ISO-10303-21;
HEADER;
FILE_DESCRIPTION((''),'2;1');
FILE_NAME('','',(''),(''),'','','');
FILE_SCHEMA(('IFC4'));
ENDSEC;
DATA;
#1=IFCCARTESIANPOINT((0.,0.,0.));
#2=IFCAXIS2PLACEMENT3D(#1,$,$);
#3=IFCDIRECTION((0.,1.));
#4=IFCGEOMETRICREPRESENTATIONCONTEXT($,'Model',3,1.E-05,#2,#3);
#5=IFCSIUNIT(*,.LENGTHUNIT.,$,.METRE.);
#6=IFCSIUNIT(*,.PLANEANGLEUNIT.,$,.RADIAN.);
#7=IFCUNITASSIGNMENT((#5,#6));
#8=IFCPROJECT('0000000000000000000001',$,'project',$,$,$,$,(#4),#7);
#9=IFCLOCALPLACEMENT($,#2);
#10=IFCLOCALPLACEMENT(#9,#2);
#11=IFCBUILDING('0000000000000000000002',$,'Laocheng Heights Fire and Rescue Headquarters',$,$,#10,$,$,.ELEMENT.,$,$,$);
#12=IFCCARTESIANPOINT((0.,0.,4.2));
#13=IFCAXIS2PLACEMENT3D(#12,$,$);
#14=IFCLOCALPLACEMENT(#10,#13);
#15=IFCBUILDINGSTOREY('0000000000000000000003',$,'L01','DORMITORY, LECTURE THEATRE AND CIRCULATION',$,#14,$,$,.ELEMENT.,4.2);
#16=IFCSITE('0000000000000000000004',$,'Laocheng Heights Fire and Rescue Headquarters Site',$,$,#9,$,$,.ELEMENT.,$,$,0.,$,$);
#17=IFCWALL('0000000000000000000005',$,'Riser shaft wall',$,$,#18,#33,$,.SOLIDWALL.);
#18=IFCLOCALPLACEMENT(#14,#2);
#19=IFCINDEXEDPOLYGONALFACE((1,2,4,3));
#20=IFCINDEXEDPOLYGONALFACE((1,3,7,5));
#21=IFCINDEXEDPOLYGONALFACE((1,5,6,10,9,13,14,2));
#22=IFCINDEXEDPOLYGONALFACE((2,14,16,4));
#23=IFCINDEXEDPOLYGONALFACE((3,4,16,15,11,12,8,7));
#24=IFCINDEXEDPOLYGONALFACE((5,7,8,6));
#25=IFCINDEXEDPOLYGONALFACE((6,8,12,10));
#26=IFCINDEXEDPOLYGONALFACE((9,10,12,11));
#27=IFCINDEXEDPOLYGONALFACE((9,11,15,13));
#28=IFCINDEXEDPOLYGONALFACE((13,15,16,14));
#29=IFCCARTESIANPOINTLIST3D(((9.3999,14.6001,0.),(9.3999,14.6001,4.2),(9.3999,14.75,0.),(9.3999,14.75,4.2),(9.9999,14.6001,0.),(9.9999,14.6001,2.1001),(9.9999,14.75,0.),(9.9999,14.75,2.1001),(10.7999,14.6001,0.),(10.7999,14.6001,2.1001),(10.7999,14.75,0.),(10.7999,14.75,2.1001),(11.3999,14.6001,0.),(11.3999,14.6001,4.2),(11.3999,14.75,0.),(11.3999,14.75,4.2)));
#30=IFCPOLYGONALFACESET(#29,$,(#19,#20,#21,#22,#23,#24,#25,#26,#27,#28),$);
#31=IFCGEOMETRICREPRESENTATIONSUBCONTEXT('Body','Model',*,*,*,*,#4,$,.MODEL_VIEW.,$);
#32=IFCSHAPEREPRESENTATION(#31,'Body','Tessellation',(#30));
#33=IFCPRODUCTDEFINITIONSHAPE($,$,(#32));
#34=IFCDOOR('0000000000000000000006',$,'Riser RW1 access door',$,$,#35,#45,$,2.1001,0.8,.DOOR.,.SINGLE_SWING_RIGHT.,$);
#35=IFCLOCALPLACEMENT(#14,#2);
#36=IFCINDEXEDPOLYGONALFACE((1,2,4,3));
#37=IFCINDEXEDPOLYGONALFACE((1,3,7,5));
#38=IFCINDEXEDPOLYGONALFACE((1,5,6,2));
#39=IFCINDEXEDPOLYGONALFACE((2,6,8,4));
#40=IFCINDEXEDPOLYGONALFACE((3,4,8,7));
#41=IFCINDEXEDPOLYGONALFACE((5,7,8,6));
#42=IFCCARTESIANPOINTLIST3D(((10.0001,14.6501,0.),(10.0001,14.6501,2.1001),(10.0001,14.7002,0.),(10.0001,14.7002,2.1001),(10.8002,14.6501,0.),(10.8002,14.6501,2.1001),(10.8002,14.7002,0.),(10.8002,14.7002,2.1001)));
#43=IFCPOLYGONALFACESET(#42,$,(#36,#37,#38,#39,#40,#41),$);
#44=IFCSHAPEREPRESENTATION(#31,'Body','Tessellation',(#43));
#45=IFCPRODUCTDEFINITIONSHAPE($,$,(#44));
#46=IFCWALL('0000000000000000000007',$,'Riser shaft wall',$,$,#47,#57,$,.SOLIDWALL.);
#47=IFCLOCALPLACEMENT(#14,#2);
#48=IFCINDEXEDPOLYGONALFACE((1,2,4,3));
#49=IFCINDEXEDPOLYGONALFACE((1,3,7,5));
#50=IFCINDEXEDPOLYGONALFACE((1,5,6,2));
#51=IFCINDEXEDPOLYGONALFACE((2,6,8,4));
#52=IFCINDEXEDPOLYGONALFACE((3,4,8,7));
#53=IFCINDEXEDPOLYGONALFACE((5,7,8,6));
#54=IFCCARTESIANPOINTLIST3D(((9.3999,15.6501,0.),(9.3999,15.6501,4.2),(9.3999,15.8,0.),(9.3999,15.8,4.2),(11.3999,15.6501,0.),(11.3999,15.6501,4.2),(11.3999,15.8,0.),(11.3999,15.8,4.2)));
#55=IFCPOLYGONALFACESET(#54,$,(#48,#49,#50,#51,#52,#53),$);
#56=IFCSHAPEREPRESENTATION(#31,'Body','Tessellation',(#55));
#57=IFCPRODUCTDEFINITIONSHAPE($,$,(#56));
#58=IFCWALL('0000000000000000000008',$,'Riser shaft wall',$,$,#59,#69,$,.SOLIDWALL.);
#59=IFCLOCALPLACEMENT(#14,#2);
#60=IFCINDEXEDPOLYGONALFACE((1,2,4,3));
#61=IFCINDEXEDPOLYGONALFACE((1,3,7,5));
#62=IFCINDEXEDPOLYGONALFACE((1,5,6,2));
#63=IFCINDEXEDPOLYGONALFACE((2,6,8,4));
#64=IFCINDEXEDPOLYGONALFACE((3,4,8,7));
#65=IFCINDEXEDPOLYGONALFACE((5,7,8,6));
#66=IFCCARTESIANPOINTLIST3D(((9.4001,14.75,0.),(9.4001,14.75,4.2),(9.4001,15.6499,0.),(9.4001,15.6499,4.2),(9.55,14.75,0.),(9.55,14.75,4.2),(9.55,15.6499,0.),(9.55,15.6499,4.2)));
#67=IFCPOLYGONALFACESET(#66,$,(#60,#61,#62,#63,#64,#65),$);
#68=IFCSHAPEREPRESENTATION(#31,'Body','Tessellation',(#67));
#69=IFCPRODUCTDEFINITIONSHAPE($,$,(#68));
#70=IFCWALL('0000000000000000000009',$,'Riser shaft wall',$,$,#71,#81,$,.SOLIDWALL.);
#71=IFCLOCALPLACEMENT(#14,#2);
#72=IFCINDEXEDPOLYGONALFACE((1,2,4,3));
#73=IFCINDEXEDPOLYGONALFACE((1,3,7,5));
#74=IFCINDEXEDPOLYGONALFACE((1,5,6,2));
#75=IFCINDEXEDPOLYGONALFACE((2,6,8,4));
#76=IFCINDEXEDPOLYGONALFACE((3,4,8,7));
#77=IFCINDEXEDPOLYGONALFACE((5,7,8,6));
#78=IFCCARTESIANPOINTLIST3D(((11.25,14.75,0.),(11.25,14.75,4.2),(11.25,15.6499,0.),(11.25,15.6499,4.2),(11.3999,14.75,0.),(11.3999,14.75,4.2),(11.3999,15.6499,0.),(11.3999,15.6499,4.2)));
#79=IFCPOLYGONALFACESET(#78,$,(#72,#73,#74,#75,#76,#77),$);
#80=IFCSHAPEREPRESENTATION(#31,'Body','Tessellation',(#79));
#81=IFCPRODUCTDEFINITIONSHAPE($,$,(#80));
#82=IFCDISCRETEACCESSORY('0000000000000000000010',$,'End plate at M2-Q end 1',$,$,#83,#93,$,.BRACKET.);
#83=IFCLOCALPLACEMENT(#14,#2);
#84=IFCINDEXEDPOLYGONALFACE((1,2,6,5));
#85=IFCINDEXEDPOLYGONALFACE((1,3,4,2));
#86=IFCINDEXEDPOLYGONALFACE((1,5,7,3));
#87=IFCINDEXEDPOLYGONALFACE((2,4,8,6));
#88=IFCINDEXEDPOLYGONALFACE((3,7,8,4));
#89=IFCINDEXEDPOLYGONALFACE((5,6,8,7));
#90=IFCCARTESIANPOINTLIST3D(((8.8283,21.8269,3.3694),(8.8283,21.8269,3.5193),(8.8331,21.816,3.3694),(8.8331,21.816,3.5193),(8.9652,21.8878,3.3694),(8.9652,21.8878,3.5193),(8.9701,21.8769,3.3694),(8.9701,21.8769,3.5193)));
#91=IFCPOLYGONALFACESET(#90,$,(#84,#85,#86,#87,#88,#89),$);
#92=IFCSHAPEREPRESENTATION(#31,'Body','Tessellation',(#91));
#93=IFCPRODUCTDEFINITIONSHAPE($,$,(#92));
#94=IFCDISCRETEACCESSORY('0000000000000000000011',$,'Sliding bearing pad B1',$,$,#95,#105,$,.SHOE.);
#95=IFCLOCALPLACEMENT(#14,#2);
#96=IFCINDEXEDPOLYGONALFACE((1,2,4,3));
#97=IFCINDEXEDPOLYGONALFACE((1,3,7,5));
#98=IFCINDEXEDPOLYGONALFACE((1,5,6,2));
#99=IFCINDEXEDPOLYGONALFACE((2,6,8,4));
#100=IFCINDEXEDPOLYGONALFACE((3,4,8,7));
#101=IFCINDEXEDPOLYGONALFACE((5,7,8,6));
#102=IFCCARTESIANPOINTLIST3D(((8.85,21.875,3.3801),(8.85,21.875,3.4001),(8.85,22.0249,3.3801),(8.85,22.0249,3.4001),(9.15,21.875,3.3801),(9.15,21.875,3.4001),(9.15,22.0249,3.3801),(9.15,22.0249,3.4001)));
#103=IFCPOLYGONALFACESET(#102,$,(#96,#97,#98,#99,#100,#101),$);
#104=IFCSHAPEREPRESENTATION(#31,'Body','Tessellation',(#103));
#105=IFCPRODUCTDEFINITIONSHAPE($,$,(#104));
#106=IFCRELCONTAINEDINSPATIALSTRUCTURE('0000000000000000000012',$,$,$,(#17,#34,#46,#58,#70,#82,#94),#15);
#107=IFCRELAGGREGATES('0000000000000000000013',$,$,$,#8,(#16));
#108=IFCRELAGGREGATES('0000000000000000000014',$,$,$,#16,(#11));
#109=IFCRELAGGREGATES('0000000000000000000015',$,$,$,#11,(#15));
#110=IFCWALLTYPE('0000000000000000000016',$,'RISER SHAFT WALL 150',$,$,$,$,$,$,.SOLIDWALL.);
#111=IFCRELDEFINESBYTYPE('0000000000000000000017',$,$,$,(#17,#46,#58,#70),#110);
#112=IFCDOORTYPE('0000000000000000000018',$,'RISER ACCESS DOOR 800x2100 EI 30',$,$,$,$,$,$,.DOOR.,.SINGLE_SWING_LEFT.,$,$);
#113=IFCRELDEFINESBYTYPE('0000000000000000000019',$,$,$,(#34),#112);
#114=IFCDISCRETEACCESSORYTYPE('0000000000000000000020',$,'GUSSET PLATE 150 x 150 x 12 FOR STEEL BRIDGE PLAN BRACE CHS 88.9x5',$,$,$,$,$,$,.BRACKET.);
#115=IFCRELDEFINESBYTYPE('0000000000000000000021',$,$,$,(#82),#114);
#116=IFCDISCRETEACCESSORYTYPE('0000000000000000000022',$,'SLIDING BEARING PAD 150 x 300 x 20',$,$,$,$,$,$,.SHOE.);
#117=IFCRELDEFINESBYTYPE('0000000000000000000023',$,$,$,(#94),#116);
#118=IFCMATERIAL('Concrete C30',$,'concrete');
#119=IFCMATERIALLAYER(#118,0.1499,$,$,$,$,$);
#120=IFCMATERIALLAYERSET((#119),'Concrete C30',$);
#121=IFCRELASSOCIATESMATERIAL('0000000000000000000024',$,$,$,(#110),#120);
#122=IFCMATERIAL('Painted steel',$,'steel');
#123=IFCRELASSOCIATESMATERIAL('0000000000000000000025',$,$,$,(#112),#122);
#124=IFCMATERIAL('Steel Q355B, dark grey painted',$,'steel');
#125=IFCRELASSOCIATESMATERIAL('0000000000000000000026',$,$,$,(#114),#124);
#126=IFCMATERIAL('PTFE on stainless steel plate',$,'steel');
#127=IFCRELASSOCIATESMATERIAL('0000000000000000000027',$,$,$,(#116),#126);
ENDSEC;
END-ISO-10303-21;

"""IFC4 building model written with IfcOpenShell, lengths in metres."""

from ifc_helpers import new_model, si_unit, direction, frame, frame_2d, origin, origin_2d, place, context, subcontext, project, spatial, rectangle, extrude, material, layer, layer_set, material_profile, profile_set, type_object, element, fill, save


model = new_model("IFC4")

# Units and contexts
model_context = context("Model", 3, precision=1e-05, world=origin(), true_north=direction((0.0, 1.0)))
body_context = subcontext(model_context, "Body", "Model", "MODEL_VIEW")
ifc_project = project(units=[si_unit("LENGTHUNIT", "METRE"), si_unit("PLANEANGLEUNIT", "RADIAN")], contexts=[model_context])

# Site, building, storey
site_placement = place(None, origin())
site = spatial("IfcSite", under=ifc_project, at=site_placement, Name="Laocheng Heights Fire and Rescue Headquarters Site", CompositionType="ELEMENT", RefElevation=0.0)
building_placement = place(site_placement, origin())
building = spatial("IfcBuilding", under=site, at=building_placement, Name="Laocheng Heights Fire and Rescue Headquarters", CompositionType="ELEMENT")
storey_placement = place(building_placement, frame((0.0, 0.0, 4.2)))
storey = spatial("IfcBuildingStorey", under=building, at=storey_placement, Name="L01", Description="DORMITORY, LECTURE THEATRE AND CIRCULATION", CompositionType="ELEMENT", Elevation=4.2)

# Wall, opening, door
ifc_material_1 = material(Name="Concrete C30", Category="concrete")
ifc_layer_1 = layer(ifc_material_1, 0.1499)
ifc_layer_set_1 = layer_set([ifc_layer_1], Name="Concrete C30")
wall_type_1 = type_object("IfcWallType", Name="RISER SHAFT WALL 150", PredefinedType="SOLIDWALL", material=ifc_layer_set_1)
wall_1_placement = place(storey_placement, frame((9.3999, 14.675, 0.0), z_axis=(0.0, 0.0, 1.0), x_axis=(1.0, 0.0, 0.0)))
wall_1 = element("IfcWall", 1, at=wall_1_placement, inside=storey, type_object=wall_type_1, Name="Riser shaft wall", PredefinedType="SOLIDWALL", context=body_context, shape_type="SweptSolid", body=[
    extrude(rectangle(XDim=2.0, YDim=0.1499, at=frame_2d((1.0, 0.0))), origin(), (0.0, 0.0, 1.0), 4.2),
])
opening_1_placement = place(wall_1_placement, frame((0.6001, 0.0, 0.0)))
opening_1 = element("IfcOpeningElement", 2, at=opening_1_placement, cuts=wall_1, PredefinedType="OPENING", context=body_context, shape_type="SweptSolid", body=[
    extrude(rectangle(XDim=0.8, YDim=2.1001, at=frame_2d((0.3999, 1.05))), frame((0.0, 0.085, 0.0), z_axis=(0.0, -1.0, 0.0), x_axis=(1.0, 0.0, 0.0)), (0.0, 0.0, 1.0), 0.1699),
])
ifc_material_2 = material(Name="Painted steel", Category="steel")
door_type_1 = type_object("IfcDoorType", Name="RISER ACCESS DOOR 800x2100 EI 30", OperationType="SINGLE_SWING_LEFT", PredefinedType="DOOR", material=ifc_material_2)
door_1_placement = place(opening_1_placement, frame((0.8, 0.0, 0.0), z_axis=(0.0, 0.0, 1.0), x_axis=(-1.0, 0.0, 0.0)))
door_1 = element("IfcDoor", 3, at=door_1_placement, inside=storey, type_object=door_type_1, Name="Riser RW1 access door", OperationType="SINGLE_SWING_RIGHT", OverallHeight=2.1001, OverallWidth=0.8, PredefinedType="DOOR", context=body_context, shape_type="SweptSolid", body=[
    extrude(rectangle(XDim=0.8, YDim=2.1001, at=frame_2d((0.3999, 1.05))), frame((0.0, 0.0249, 0.0), z_axis=(0.0, -1.0, 0.0), x_axis=(1.0, 0.0, 0.0)), (0.0, 0.0, 1.0), 0.05),
])
fill(opening_1, door_1)

# Walls
wall_2_placement = place(storey_placement, frame((9.3999, 15.7251, 0.0), z_axis=(0.0, 0.0, 1.0), x_axis=(1.0, 0.0, 0.0)))
element("IfcWall", 4, at=wall_2_placement, inside=storey, type_object=wall_type_1, Name="Riser shaft wall", PredefinedType="SOLIDWALL", context=body_context, shape_type="SweptSolid", body=[
    extrude(rectangle(XDim=2.0, YDim=0.1499, at=frame_2d((1.0, 0.0))), origin(), (0.0, 0.0, 1.0), 4.2),
])
for number, where, z_axis, x_axis, name in (
    (5, (9.4751, 14.75, 0.0), (0.0, 0.0, 1.0), (0.0, 1.0, 0.0), "Riser shaft wall"),
    (6, (11.325, 14.75, 0.0), (0.0, 0.0, 1.0), (0.0, 1.0, 0.0), "Riser shaft wall"),
):
    element("IfcWall", number, at=place(storey_placement, frame(where, z_axis=z_axis, x_axis=x_axis)), inside=storey, type_object=wall_type_1, Name=name, PredefinedType="SOLIDWALL", context=body_context, shape_type="SweptSolid", body=[
        extrude(rectangle(XDim=0.8999, YDim=0.1499, at=frame_2d((0.45, 0.0))), origin(), (0.0, 0.0, 1.0), 4.2),
    ])

# Discrete accessories
ifc_material_3 = material(Name="Steel Q355B, dark grey painted", Category="steel")
ifc_material_profile_1 = material_profile(ifc_material_3, rectangle(XDim=0.1499, YDim=0.1499, at=origin_2d()), Name="GUSSET PLATE 150 x 150 x 12 FOR STEEL BRIDGE PLAN BRACE CHS 88.9x5")
ifc_profile_set_1 = profile_set([ifc_material_profile_1], Name="Steel Q355B, dark grey painted")
discrete_accessory_type_1 = type_object("IfcDiscreteAccessoryType", Name="GUSSET PLATE 150 x 150 x 12 FOR STEEL BRIDGE PLAN BRACE CHS 88.9x5", PredefinedType="BRACKET", material=ifc_profile_set_1)
discrete_accessory_1_placement = place(storey_placement, frame((8.9016, 21.8464, 3.4443), z_axis=(-0.406138, 0.913812, 0.0), x_axis=(-0.913812, -0.406138, 0.0)))
element("IfcDiscreteAccessory", 7, at=discrete_accessory_1_placement, inside=storey, type_object=discrete_accessory_type_1, Name="End plate at M2-Q end 1", PredefinedType="BRACKET", context=body_context, shape_type="SweptSolid", body=[
    extrude(rectangle(XDim=0.1499, YDim=0.1499, at=origin_2d()), origin(), (0.0, 0.0, 1.0), 0.012),
])
ifc_material_4 = material(Name="PTFE on stainless steel plate", Category="steel")
discrete_accessory_type_2 = type_object("IfcDiscreteAccessoryType", Name="SLIDING BEARING PAD 150 x 300 x 20", PredefinedType="SHOE", material=ifc_material_4)
discrete_accessory_2_placement = place(storey_placement, frame((9.0, 21.95, 3.3801), z_axis=(0.0, 0.0, 1.0), x_axis=(1.0, 0.0, 0.0)))
element("IfcDiscreteAccessory", 8, at=discrete_accessory_2_placement, inside=storey, type_object=discrete_accessory_type_2, Name="Sliding bearing pad B1", PredefinedType="SHOE", context=body_context, shape_type="SweptSolid", body=[
    extrude(rectangle(XDim=0.3, YDim=0.1499, at=origin_2d()), origin(), (0.0, 0.0, 1.0), 0.02),
])

save(model, "model.ifc")
